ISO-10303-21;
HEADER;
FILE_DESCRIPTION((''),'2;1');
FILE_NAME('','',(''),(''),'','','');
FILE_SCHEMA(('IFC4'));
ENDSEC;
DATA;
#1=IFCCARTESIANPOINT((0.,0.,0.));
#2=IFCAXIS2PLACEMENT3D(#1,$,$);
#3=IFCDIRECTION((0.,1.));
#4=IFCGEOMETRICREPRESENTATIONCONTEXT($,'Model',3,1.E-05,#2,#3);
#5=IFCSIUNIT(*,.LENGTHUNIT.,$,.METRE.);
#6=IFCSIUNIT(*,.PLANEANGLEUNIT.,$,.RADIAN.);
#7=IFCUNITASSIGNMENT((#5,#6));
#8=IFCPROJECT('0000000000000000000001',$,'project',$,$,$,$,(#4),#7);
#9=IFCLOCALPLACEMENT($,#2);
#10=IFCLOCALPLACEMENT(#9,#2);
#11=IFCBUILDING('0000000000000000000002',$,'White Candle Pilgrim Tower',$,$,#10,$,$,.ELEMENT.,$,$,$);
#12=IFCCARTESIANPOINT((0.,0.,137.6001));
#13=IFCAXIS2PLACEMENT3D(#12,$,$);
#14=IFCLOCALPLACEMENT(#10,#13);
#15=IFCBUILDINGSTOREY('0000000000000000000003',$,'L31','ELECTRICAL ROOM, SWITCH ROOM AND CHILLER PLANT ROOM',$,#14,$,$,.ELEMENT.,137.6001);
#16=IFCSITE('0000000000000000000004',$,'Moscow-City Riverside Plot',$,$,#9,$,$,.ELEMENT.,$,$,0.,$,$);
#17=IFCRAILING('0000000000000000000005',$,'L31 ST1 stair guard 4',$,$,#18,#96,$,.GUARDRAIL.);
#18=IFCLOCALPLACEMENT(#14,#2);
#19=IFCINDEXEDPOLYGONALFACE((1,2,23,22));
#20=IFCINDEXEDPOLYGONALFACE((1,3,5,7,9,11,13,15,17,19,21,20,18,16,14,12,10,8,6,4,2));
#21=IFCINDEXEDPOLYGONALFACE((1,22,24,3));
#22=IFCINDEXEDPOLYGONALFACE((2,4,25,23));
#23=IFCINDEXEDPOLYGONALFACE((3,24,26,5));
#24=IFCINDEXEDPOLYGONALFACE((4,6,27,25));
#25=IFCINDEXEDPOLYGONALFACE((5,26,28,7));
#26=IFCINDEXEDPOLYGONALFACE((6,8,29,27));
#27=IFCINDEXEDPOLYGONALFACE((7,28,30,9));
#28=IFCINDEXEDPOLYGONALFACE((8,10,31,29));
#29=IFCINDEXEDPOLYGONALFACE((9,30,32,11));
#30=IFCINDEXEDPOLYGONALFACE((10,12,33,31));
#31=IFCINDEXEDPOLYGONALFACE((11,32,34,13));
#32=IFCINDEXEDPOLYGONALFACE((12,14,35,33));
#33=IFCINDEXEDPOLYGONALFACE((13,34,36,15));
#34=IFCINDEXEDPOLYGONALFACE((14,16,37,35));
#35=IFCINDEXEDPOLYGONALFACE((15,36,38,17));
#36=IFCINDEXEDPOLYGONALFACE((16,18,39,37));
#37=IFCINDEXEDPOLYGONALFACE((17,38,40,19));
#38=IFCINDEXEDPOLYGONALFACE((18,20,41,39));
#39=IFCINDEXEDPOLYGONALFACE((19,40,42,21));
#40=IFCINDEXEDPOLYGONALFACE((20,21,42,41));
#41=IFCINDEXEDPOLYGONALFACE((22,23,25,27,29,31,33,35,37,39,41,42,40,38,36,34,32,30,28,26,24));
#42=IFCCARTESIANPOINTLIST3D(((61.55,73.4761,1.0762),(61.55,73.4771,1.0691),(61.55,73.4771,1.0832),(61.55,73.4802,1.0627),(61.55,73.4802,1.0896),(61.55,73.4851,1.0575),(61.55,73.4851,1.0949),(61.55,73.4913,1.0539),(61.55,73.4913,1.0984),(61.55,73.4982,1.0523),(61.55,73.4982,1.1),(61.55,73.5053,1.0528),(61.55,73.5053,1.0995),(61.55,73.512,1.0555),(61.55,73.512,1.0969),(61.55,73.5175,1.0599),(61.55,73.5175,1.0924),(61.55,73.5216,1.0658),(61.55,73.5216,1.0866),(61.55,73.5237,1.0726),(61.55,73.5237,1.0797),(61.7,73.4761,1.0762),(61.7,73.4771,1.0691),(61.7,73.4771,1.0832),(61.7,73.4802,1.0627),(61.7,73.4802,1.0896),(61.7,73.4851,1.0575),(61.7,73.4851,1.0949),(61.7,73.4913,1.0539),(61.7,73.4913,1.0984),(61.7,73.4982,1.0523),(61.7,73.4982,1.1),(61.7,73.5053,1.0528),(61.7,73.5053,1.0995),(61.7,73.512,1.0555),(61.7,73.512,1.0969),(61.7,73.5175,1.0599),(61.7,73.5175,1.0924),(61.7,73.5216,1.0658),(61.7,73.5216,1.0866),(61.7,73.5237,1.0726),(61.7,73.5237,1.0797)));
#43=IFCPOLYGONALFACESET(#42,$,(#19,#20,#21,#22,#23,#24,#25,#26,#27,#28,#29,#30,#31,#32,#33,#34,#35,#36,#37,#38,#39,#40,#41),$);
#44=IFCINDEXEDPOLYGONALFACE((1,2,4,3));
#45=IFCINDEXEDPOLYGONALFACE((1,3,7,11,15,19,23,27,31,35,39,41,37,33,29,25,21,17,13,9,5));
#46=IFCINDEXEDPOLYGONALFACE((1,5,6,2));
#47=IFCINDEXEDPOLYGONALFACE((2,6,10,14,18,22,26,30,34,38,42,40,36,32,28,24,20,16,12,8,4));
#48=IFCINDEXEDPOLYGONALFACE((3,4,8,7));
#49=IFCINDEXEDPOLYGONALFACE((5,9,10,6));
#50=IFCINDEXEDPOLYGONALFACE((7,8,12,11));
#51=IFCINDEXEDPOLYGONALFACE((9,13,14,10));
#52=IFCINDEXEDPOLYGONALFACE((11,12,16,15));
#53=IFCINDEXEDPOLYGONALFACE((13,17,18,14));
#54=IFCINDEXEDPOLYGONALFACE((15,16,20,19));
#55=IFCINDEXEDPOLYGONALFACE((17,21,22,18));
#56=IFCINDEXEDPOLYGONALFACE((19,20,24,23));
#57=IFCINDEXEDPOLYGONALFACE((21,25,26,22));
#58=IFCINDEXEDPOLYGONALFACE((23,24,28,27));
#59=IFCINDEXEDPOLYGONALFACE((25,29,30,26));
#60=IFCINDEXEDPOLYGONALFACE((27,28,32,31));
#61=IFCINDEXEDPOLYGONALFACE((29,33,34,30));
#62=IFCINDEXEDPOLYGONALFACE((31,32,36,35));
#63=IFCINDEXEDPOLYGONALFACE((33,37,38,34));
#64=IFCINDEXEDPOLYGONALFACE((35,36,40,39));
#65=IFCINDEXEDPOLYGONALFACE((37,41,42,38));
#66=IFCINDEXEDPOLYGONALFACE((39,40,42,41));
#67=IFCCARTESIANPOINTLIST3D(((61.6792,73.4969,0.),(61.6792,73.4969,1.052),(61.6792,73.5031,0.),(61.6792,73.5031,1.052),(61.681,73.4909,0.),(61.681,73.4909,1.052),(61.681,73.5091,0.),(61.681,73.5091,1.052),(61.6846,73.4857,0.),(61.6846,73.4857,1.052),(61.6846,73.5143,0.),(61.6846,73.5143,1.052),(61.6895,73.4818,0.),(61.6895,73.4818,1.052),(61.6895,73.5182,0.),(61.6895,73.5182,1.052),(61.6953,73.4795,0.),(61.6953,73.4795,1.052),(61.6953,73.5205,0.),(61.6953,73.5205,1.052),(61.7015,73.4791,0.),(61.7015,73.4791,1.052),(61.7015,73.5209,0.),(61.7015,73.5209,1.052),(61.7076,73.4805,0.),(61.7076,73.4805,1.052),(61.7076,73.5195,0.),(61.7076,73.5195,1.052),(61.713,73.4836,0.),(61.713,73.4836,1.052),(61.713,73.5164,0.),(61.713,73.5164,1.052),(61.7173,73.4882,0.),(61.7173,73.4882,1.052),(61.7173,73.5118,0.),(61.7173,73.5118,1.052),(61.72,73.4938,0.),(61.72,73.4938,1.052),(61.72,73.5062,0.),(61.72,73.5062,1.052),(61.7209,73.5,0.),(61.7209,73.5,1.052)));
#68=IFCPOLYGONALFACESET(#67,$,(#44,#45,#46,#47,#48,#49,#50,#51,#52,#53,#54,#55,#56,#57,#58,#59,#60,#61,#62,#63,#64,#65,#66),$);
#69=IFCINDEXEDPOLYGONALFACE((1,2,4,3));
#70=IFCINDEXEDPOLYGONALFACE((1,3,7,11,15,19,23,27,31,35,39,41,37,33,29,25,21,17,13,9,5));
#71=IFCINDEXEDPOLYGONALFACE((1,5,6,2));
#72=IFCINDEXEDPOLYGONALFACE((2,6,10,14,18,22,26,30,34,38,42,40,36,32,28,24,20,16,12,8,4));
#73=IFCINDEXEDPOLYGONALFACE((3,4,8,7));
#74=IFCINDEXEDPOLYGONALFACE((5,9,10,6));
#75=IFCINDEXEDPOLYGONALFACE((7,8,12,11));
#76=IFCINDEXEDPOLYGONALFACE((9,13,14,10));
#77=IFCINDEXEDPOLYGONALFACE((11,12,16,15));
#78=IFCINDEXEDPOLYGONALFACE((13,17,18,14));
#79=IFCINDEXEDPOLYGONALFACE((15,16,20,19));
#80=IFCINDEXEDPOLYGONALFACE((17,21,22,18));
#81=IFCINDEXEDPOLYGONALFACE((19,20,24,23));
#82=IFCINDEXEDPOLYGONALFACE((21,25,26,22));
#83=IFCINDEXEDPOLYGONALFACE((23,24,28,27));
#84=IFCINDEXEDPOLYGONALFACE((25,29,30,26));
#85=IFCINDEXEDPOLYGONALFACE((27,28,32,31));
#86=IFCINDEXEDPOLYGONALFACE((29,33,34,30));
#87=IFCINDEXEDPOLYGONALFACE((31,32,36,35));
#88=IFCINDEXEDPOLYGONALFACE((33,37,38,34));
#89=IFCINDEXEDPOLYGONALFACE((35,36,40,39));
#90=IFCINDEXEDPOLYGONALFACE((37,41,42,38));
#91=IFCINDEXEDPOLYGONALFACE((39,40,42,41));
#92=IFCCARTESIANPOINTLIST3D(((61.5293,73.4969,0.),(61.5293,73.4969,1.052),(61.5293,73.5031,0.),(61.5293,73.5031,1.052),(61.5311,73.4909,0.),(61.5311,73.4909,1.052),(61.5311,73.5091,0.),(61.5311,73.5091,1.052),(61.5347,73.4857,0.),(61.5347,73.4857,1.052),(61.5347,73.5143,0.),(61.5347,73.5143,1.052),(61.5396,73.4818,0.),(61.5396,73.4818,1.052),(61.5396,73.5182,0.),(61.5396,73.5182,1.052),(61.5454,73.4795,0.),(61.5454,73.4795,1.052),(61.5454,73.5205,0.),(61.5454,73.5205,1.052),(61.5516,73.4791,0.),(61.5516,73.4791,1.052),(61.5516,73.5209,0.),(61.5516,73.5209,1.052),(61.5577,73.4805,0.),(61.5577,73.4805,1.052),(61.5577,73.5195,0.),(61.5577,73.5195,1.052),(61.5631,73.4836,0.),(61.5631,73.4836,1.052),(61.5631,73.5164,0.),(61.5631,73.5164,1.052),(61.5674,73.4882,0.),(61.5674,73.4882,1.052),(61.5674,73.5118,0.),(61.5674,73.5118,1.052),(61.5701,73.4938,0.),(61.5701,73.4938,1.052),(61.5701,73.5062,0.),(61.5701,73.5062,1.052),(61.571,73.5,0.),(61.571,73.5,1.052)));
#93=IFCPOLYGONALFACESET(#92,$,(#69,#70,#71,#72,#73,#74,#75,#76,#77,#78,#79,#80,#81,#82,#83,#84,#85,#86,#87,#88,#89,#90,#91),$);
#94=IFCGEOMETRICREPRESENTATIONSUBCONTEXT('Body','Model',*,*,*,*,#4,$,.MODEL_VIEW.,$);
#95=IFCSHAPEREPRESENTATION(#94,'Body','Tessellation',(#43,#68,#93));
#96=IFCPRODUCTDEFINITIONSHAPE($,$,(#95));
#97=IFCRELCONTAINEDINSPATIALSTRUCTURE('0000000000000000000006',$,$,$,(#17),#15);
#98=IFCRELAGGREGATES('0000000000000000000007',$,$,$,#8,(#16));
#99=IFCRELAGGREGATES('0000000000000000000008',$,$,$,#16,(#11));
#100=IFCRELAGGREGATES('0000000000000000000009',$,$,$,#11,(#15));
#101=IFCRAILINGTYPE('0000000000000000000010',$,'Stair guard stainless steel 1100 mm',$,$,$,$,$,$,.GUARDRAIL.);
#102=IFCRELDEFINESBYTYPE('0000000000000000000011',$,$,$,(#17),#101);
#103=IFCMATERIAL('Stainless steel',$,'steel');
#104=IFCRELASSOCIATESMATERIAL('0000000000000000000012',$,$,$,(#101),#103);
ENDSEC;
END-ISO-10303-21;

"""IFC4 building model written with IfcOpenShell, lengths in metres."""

from ifc_helpers import new_model, si_unit, direction, frame, origin, origin_2d, place, context, subcontext, project, spatial, circle, extrude, material, type_object, element, save


model = new_model("IFC4")

# Units and contexts
model_context = context("Model", 3, precision=1e-05, world=origin(), true_north=direction((0.0, 1.0)))
body_context = subcontext(model_context, "Body", "Model", "MODEL_VIEW")
ifc_project = project(units=[si_unit("LENGTHUNIT", "METRE"), si_unit("PLANEANGLEUNIT", "RADIAN")], contexts=[model_context])

# Site, building, storey
site_placement = place(None, origin())
site = spatial("IfcSite", under=ifc_project, at=site_placement, Name="Moscow-City Riverside Plot", CompositionType="ELEMENT", RefElevation=0.0)
building_placement = place(site_placement, origin())
building = spatial("IfcBuilding", under=site, at=building_placement, Name="White Candle Pilgrim Tower", CompositionType="ELEMENT")
storey_placement = place(building_placement, frame((0.0, 0.0, 137.6001)))
storey = spatial("IfcBuildingStorey", under=building, at=storey_placement, Name="L31", Description="ELECTRICAL ROOM, SWITCH ROOM AND CHILLER PLANT ROOM", CompositionType="ELEMENT", Elevation=137.6001)

# Railing
ifc_material_1 = material(Name="Stainless steel", Category="steel")
railing_type_1 = type_object("IfcRailingType", Name="Stair guard stainless steel 1100 mm", PredefinedType="GUARDRAIL", material=ifc_material_1)
railing_1_placement = place(storey_placement, frame((61.7, 73.5, 0.0)))
element("IfcRailing", 1, at=railing_1_placement, inside=storey, type_object=railing_type_1, Name="L31 ST1 stair guard 4", PredefinedType="GUARDRAIL", context=body_context, shape_type="SweptSolid", body=[
    extrude(circle(Radius=0.0239, at=origin_2d()), frame((0.0, 0.0, 1.0762), z_axis=(-1.0, 0.0, 0.0), x_axis=(0.0, -1.0, 0.0)), (0.0, 0.0, 1.0), 0.1499),
    extrude(circle(Radius=0.021, at=origin_2d()), origin(), (0.0, 0.0, 1.0), 1.052),
    extrude(circle(Radius=0.021, at=origin_2d()), frame((-0.1499, 0.0, 0.0)), (0.0, 0.0, 1.0), 1.052),
])

save(model, "model.ifc")
